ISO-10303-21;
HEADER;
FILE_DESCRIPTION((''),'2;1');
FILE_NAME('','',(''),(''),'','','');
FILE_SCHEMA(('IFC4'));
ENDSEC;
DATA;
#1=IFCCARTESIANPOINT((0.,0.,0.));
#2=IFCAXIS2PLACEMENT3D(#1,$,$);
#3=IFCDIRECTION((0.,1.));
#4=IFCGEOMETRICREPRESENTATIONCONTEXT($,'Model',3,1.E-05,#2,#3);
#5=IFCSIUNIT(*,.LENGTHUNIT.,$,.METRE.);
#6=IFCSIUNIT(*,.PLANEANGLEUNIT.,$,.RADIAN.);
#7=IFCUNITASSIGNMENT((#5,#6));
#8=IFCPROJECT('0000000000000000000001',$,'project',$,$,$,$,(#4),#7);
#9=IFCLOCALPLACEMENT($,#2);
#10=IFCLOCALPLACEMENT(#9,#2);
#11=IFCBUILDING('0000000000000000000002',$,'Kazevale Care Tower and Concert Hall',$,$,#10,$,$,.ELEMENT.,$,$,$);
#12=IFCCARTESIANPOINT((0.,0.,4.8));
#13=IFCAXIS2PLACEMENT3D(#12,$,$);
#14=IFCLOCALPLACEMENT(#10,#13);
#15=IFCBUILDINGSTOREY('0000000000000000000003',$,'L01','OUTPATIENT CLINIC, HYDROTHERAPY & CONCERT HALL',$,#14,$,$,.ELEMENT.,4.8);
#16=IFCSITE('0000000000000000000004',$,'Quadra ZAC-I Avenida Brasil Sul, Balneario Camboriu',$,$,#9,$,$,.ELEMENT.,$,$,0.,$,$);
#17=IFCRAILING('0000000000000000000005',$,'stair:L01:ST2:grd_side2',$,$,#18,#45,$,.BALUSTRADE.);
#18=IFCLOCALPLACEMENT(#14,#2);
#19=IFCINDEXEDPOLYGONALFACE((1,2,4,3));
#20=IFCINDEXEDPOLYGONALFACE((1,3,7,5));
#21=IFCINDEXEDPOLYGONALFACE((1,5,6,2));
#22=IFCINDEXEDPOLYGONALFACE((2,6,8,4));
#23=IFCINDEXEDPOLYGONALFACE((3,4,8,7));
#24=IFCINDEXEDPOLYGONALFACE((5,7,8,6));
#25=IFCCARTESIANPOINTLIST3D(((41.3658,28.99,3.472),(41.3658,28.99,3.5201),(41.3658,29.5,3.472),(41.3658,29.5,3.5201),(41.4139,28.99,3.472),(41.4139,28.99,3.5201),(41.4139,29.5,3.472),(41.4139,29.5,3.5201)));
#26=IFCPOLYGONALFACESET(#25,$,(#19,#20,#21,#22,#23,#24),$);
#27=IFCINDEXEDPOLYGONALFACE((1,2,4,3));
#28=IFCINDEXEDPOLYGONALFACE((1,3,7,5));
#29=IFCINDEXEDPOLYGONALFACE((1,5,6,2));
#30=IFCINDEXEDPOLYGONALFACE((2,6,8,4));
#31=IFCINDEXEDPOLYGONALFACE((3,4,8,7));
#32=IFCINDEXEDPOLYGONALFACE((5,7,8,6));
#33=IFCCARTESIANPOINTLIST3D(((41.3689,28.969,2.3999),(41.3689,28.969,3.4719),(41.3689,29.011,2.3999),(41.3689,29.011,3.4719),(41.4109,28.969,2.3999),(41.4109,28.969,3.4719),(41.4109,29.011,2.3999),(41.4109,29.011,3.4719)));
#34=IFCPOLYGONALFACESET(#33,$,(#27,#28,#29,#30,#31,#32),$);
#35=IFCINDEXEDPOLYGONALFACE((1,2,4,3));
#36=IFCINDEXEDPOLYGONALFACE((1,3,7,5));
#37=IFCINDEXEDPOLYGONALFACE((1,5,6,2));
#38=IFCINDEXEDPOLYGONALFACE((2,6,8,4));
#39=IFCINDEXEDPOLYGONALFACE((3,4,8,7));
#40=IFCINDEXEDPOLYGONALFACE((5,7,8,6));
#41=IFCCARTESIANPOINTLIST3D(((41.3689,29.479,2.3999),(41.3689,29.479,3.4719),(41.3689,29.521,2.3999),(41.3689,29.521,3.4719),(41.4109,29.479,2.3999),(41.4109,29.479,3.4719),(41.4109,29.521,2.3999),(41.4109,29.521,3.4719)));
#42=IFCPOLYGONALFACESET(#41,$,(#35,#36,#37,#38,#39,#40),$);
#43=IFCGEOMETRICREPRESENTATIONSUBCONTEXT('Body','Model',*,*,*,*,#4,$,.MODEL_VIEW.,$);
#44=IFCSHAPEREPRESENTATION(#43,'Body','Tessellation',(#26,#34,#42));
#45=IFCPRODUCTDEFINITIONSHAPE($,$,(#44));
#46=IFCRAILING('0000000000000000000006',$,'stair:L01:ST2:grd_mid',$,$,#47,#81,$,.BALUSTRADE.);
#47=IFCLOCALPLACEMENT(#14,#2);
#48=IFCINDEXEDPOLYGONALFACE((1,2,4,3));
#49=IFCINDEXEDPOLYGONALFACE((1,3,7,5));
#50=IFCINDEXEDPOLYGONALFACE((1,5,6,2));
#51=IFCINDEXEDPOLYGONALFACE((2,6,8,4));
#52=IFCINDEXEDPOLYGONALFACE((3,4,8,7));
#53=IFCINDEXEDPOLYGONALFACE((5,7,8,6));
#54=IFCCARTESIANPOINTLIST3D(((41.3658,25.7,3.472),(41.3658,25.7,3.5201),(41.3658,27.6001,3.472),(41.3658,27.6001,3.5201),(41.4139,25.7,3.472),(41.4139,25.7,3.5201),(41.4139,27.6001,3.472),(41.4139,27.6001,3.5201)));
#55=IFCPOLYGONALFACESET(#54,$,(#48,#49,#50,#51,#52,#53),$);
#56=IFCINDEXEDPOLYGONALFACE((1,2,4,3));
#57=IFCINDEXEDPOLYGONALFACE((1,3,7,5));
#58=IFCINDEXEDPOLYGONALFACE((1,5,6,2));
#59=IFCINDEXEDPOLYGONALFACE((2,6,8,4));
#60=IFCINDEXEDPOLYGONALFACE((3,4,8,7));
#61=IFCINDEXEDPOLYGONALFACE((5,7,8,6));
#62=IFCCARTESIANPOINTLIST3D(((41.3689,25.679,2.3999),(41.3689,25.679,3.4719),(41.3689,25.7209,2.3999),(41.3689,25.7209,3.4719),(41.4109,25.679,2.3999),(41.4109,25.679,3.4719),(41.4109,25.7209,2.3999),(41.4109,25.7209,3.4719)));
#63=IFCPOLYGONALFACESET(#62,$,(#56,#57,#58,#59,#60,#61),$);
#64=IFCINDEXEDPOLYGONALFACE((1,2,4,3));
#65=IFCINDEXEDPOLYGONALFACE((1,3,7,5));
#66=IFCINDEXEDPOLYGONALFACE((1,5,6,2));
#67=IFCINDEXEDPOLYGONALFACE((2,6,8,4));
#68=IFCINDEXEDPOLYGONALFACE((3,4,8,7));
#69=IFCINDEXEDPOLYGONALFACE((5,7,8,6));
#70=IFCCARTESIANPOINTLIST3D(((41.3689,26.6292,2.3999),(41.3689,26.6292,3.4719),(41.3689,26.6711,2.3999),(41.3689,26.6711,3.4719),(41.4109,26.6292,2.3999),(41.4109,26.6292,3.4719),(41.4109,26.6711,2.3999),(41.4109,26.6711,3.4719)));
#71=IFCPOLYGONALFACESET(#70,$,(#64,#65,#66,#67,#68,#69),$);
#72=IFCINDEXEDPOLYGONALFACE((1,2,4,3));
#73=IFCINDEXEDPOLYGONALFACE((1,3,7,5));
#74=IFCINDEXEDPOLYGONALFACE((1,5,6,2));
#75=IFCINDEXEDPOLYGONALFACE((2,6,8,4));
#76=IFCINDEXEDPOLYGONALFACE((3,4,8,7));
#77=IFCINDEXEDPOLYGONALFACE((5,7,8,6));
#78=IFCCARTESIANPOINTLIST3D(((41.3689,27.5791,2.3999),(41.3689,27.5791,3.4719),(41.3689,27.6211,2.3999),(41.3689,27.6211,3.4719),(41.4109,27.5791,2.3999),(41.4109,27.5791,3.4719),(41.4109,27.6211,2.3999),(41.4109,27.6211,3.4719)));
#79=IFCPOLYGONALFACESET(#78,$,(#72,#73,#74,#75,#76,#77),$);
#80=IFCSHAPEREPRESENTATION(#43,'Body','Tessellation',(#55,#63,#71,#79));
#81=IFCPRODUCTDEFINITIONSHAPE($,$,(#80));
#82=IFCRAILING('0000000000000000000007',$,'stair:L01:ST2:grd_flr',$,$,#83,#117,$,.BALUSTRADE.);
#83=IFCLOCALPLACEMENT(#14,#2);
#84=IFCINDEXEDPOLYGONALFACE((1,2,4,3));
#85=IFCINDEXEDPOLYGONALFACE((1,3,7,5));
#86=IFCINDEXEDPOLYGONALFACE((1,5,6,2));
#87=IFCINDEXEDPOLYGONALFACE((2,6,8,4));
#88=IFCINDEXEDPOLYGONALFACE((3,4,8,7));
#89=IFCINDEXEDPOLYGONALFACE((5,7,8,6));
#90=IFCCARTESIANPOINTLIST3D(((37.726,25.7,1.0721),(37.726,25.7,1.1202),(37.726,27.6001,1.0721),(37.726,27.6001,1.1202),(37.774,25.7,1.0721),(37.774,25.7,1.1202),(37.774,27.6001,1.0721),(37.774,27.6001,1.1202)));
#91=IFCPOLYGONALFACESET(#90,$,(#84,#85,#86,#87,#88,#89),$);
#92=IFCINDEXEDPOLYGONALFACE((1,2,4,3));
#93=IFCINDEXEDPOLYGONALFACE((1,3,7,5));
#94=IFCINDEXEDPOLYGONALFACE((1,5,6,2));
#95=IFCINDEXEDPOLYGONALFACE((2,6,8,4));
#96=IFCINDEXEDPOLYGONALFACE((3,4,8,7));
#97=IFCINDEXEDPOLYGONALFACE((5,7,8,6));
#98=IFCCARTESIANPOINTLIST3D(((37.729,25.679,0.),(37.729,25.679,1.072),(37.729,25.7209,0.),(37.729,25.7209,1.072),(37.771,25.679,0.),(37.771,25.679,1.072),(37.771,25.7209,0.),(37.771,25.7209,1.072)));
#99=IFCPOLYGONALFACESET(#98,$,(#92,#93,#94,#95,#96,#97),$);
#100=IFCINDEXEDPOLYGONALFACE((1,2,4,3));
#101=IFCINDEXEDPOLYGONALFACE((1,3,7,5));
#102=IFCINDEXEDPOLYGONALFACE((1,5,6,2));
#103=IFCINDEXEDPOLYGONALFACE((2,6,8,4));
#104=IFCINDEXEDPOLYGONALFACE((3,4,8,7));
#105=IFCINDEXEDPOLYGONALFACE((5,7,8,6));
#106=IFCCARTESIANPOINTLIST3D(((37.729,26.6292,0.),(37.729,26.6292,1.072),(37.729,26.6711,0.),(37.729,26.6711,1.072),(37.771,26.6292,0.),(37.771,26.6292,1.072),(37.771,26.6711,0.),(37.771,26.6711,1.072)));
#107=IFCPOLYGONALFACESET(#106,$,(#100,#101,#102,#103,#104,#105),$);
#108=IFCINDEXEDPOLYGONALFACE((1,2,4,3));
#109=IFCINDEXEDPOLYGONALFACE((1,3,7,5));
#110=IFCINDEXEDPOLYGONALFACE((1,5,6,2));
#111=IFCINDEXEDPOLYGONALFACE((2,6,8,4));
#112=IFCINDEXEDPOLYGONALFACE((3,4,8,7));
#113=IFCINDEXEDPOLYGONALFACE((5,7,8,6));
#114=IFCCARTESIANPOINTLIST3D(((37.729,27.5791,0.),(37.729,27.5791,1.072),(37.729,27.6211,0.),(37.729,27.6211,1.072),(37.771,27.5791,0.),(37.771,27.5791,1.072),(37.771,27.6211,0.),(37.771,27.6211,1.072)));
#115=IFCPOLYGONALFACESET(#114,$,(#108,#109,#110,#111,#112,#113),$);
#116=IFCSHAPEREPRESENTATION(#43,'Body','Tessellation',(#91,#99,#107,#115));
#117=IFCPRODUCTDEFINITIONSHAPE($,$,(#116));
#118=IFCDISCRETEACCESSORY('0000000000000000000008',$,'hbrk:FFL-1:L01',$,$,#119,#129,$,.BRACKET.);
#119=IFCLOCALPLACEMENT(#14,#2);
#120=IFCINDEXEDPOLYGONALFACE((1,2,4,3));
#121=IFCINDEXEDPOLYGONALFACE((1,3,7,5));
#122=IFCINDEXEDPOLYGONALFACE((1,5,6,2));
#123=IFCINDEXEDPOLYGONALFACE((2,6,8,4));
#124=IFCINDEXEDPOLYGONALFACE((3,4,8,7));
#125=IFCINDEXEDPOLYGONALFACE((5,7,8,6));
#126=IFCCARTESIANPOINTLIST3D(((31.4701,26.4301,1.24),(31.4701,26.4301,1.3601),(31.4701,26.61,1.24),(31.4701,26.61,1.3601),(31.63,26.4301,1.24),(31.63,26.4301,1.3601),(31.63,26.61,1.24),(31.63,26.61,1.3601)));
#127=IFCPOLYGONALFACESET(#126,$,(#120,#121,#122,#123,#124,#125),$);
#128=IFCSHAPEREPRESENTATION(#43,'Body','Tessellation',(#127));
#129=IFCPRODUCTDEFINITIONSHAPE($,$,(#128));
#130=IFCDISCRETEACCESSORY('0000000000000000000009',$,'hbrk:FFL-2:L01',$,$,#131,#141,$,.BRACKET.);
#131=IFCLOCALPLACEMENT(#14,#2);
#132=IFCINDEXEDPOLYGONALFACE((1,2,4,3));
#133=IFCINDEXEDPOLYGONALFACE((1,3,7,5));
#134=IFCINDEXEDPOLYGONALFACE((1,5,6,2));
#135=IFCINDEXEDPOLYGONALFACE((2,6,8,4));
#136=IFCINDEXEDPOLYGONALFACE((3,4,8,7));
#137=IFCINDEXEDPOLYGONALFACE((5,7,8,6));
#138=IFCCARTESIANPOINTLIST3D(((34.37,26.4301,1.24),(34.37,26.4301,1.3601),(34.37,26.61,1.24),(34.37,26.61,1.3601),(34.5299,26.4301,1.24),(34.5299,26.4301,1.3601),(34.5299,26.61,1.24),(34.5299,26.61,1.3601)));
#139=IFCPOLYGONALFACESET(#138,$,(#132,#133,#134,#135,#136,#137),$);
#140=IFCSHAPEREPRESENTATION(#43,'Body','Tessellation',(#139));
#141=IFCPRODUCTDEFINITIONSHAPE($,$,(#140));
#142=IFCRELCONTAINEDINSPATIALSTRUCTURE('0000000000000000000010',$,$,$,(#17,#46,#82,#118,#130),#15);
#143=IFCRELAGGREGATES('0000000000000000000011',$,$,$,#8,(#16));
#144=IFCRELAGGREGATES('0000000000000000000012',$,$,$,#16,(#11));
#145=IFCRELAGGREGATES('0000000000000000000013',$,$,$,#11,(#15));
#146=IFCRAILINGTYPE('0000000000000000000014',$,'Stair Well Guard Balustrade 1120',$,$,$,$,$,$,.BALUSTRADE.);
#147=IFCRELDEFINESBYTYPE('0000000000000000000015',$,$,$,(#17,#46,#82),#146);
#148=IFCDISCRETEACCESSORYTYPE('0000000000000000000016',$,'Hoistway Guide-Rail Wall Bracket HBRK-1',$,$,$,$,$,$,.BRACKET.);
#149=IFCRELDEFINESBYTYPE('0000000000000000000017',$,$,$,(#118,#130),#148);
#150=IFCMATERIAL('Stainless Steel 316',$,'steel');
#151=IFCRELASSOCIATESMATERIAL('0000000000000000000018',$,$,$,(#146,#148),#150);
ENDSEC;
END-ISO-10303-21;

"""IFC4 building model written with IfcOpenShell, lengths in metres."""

from ifc_helpers import new_model, si_unit, direction, frame, origin, origin_2d, place, context, subcontext, project, spatial, rectangle, extrude, material, type_object, element, save


model = new_model("IFC4")

# Units and contexts
model_context = context("Model", 3, precision=1e-05, world=origin(), true_north=direction((0.0, 1.0)))
body_context = subcontext(model_context, "Body", "Model", "MODEL_VIEW")
ifc_project = project(units=[si_unit("LENGTHUNIT", "METRE"), si_unit("PLANEANGLEUNIT", "RADIAN")], contexts=[model_context])

# Site, building, storey
site_placement = place(None, origin())
site = spatial("IfcSite", under=ifc_project, at=site_placement, Name="Quadra ZAC-I Avenida Brasil Sul, Balneario Camboriu", CompositionType="ELEMENT", RefElevation=0.0)
building_placement = place(site_placement, origin())
building = spatial("IfcBuilding", under=site, at=building_placement, Name="Kazevale Care Tower and Concert Hall", CompositionType="ELEMENT")
storey_placement = place(building_placement, frame((0.0, 0.0, 4.8)))
storey = spatial("IfcBuildingStorey", under=building, at=storey_placement, Name="L01", Description="OUTPATIENT CLINIC, HYDROTHERAPY & CONCERT HALL", CompositionType="ELEMENT", Elevation=4.8)

# Shared definitions
ifc_material_1 = material(Name="Stainless Steel 316", Category="steel")

# Railings
railing_type_1 = type_object("IfcRailingType", Name="Stair Well Guard Balustrade 1120", PredefinedType="BALUSTRADE", material=ifc_material_1)
railing_1_placement = place(storey_placement, frame((41.3899, 28.99, 2.3999)))
element("IfcRailing", 1, at=railing_1_placement, inside=storey, type_object=railing_type_1, Name="stair:L01:ST2:grd_side2", PredefinedType="BALUSTRADE", context=body_context, shape_type="SweptSolid", body=[
    extrude(rectangle(XDim=0.0481, YDim=0.0481, at=origin_2d()), frame((0.0, 0.0, 1.0962), z_axis=(0.0, 1.0, 0.0), x_axis=(-1.0, 0.0, 0.0)), (0.0, 0.0, 1.0), 0.51),
    extrude(rectangle(XDim=0.042, YDim=0.042, at=origin_2d()), origin(), (0.0, 0.0, 1.0), 1.072),
    extrude(rectangle(XDim=0.042, YDim=0.042, at=origin_2d()), frame((0.0, 0.51, 0.0)), (0.0, 0.0, 1.0), 1.072),
])
for number, where, name in (
    (2, (41.3899, 25.7, 2.3999), "stair:L01:ST2:grd_mid"),
    (3, (37.75, 25.7, 0.0), "stair:L01:ST2:grd_flr"),
):
    element("IfcRailing", number, at=place(storey_placement, frame(where)), inside=storey, type_object=railing_type_1, Name=name, PredefinedType="BALUSTRADE", context=body_context, shape_type="SweptSolid", body=[
        extrude(rectangle(XDim=0.0481, YDim=0.0481, at=origin_2d()), frame((0.0, 0.0, 1.0962), z_axis=(0.0, 1.0, 0.0), x_axis=(-1.0, 0.0, 0.0)), (0.0, 0.0, 1.0), 1.9001),
        extrude(rectangle(XDim=0.042, YDim=0.042, at=origin_2d()), origin(), (0.0, 0.0, 1.0), 1.072),
        extrude(rectangle(XDim=0.042, YDim=0.042, at=origin_2d()), frame((0.0, 0.9502, 0.0)), (0.0, 0.0, 1.0), 1.072),
        extrude(rectangle(XDim=0.042, YDim=0.042, at=origin_2d()), frame((0.0, 1.9001, 0.0)), (0.0, 0.0, 1.0), 1.072),
    ])

# Discrete accessories
discrete_accessory_type = type_object("IfcDiscreteAccessoryType", Name="Hoistway Guide-Rail Wall Bracket HBRK-1", PredefinedType="BRACKET", material=ifc_material_1)
for number, where, z_axis, x_axis, name in (
    (4, (31.55, 26.52, 1.24), (0.0, 0.0, 1.0), (1.0, 0.0, 0.0), "hbrk:FFL-1:L01"),
    (5, (34.45, 26.52, 1.24), (0.0, 0.0, 1.0), (1.0, 0.0, 0.0), "hbrk:FFL-2:L01"),
):
    element("IfcDiscreteAccessory", number, at=place(storey_placement, frame(where, z_axis=z_axis, x_axis=x_axis)), inside=storey, type_object=discrete_accessory_type, Name=name, PredefinedType="BRACKET", context=body_context, shape_type="SweptSolid", body=[
        extrude(rectangle(XDim=0.1599, YDim=0.1799, at=origin_2d()), origin(), (0.0, 0.0, 1.0), 0.1201),
    ])

save(model, "model.ifc")
